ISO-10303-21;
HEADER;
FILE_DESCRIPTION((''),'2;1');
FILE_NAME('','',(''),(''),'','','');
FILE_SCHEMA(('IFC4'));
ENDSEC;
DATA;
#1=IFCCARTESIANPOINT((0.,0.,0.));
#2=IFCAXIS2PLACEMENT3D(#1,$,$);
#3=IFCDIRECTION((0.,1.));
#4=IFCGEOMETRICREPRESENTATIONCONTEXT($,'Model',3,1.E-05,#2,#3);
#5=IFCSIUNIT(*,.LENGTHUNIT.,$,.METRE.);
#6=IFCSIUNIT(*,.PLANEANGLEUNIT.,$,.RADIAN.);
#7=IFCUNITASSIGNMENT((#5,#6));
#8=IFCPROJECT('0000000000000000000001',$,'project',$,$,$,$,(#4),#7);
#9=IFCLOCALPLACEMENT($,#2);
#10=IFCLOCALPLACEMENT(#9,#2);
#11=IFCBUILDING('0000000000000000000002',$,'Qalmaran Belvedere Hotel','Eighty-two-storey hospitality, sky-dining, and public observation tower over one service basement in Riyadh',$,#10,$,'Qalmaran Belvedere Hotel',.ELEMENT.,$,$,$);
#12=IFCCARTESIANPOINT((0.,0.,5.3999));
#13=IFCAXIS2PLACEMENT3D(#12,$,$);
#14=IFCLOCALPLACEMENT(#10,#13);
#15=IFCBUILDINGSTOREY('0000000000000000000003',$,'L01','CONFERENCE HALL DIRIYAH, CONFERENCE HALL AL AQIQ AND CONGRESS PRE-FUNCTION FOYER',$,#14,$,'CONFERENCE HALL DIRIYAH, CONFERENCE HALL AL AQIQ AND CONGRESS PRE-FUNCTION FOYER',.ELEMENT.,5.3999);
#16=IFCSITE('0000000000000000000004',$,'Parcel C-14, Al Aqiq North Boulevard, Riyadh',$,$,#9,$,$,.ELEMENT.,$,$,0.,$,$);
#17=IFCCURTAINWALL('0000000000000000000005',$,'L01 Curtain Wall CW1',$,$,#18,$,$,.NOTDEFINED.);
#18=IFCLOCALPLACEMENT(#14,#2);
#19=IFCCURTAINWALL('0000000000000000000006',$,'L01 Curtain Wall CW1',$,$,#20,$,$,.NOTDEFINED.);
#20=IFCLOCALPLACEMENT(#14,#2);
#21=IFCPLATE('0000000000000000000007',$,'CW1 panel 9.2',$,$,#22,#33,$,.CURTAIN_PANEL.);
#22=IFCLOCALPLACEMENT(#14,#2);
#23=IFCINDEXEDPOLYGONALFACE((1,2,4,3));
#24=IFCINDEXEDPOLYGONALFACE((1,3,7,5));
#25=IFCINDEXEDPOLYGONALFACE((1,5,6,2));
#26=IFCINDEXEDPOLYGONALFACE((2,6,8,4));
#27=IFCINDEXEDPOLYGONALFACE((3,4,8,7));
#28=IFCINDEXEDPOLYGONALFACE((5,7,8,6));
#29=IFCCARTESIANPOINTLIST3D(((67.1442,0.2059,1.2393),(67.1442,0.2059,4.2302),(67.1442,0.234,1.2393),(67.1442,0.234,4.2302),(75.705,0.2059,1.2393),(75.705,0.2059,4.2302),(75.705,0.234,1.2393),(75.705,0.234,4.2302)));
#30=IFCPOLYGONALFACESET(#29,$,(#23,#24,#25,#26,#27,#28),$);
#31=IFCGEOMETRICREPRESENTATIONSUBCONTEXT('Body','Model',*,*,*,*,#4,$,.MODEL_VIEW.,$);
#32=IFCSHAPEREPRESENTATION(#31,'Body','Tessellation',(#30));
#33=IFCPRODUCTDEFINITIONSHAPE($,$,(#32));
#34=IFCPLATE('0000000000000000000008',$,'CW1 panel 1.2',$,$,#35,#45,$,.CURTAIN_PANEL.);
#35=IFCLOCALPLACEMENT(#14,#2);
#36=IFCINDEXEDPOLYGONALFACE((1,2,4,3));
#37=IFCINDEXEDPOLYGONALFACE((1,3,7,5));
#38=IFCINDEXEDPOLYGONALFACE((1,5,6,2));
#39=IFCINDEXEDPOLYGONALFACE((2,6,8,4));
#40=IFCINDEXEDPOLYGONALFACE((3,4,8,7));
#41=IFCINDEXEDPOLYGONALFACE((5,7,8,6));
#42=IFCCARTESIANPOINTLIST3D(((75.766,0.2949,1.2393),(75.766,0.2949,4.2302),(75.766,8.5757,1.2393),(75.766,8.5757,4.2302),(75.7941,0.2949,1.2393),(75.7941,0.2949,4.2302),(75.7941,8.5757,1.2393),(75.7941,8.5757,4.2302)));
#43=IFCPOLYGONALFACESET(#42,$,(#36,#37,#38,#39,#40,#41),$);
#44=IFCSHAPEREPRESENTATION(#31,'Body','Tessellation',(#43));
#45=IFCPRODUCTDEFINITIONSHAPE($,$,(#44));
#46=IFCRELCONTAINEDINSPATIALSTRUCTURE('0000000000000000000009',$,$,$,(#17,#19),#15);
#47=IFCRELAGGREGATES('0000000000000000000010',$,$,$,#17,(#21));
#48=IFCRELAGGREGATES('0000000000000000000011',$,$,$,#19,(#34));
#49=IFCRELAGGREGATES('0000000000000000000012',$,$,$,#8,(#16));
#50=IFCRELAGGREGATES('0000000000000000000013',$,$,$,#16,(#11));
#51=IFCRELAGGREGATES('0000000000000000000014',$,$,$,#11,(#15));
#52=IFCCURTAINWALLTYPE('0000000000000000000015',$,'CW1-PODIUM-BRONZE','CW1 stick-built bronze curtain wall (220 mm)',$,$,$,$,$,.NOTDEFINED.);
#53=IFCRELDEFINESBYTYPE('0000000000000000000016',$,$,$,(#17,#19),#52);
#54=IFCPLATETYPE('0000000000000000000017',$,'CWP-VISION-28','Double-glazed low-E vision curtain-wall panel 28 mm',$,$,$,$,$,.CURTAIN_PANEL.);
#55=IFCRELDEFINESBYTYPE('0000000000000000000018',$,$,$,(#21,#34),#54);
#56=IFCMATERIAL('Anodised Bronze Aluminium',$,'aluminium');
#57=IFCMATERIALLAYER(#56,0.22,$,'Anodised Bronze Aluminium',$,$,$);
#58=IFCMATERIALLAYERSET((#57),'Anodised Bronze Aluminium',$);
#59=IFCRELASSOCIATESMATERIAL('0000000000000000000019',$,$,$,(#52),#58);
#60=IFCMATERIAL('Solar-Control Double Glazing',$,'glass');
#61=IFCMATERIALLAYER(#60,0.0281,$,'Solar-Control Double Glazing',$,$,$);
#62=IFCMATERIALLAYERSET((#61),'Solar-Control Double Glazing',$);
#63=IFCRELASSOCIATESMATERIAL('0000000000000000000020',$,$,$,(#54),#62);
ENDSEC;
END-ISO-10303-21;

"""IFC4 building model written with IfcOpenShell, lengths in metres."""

from ifc_helpers import new_model, si_unit, direction, frame, origin, origin_2d, place, context, subcontext, project, spatial, rectangle, extrude, material, layer, layer_set, type_object, element, aggregate, save


model = new_model("IFC4")

# Units and contexts
model_context = context("Model", 3, precision=1e-05, world=origin(), true_north=direction((0.0, 1.0)))
body_context = subcontext(model_context, "Body", "Model", "MODEL_VIEW")
ifc_project = project(units=[si_unit("LENGTHUNIT", "METRE"), si_unit("PLANEANGLEUNIT", "RADIAN")], contexts=[model_context])

# Site, building, storey
site_placement = place(None, origin())
site = spatial("IfcSite", under=ifc_project, at=site_placement, Name="Parcel C-14, Al Aqiq North Boulevard, Riyadh", CompositionType="ELEMENT", RefElevation=0.0)
building_placement = place(site_placement, origin())
building = spatial("IfcBuilding", under=site, at=building_placement, Name="Qalmaran Belvedere Hotel", Description="Eighty-two-storey hospitality, sky-dining, and public observation tower over one service basement in Riyadh", LongName="Qalmaran Belvedere Hotel", CompositionType="ELEMENT")
storey_placement = place(building_placement, frame((0.0, 0.0, 5.3999)))
storey = spatial("IfcBuildingStorey", under=building, at=storey_placement, Name="L01", Description="CONFERENCE HALL DIRIYAH, CONFERENCE HALL AL AQIQ AND CONGRESS PRE-FUNCTION FOYER", LongName="CONFERENCE HALL DIRIYAH, CONFERENCE HALL AL AQIQ AND CONGRESS PRE-FUNCTION FOYER", CompositionType="ELEMENT", Elevation=5.3999)

# Curtain walls
ifc_material_1 = material(Name="Anodised Bronze Aluminium", Category="aluminium")
ifc_layer_1 = layer(ifc_material_1, 0.22, Name="Anodised Bronze Aluminium")
ifc_layer_set_1 = layer_set([ifc_layer_1], Name="Anodised Bronze Aluminium")
curtain_wall_type = type_object("IfcCurtainWallType", Name="CW1-PODIUM-BRONZE", Description="CW1 stick-built bronze curtain wall (220 mm)", PredefinedType="NOTDEFINED", material=ifc_layer_set_1)
curtain_wall_1_placement = place(storey_placement, origin())
curtain_wall_1 = element("IfcCurtainWall", 1, at=curtain_wall_1_placement, inside=storey, type_object=curtain_wall_type, Name="L01 Curtain Wall CW1", PredefinedType="NOTDEFINED")
curtain_wall_2_placement = place(storey_placement, origin())
curtain_wall_2 = element("IfcCurtainWall", 2, at=curtain_wall_2_placement, inside=storey, type_object=curtain_wall_type, Name="L01 Curtain Wall CW1", PredefinedType="NOTDEFINED")

# Plates
ifc_material_2 = material(Name="Solar-Control Double Glazing", Category="glass")
ifc_layer_2 = layer(ifc_material_2, 0.0281, Name="Solar-Control Double Glazing")
ifc_layer_set_2 = layer_set([ifc_layer_2], Name="Solar-Control Double Glazing")
plate_type_1 = type_object("IfcPlateType", Name="CWP-VISION-28", Description="Double-glazed low-E vision curtain-wall panel 28 mm", PredefinedType="CURTAIN_PANEL", material=ifc_layer_set_2)
plate_1_placement = place(storey_placement, frame((71.4246, 0.22, 1.2393), z_axis=(0.0, 0.0, 1.0), x_axis=(1.0, 0.0, 0.0)))
plate_1 = element("IfcPlate", 3, at=plate_1_placement, type_object=plate_type_1, Name="CW1 panel 9.2", PredefinedType="CURTAIN_PANEL", context=body_context, shape_type="SweptSolid", body=[
    extrude(rectangle(XDim=8.5608, YDim=0.0281, at=origin_2d()), origin(), (0.0, 0.0, 1.0), 2.991),
])
aggregate(curtain_wall_1, [plate_1])
plate_2_placement = place(storey_placement, frame((75.78, 4.4353, 1.2393), z_axis=(0.0, 0.0, 1.0), x_axis=(0.0, 1.0, 0.0)))
plate_2 = element("IfcPlate", 4, at=plate_2_placement, type_object=plate_type_1, Name="CW1 panel 1.2", PredefinedType="CURTAIN_PANEL", context=body_context, shape_type="SweptSolid", body=[
    extrude(rectangle(XDim=8.2808, YDim=0.0281, at=origin_2d()), origin(), (0.0, 0.0, 1.0), 2.991),
])
aggregate(curtain_wall_2, [plate_2])

save(model, "model.ifc")
